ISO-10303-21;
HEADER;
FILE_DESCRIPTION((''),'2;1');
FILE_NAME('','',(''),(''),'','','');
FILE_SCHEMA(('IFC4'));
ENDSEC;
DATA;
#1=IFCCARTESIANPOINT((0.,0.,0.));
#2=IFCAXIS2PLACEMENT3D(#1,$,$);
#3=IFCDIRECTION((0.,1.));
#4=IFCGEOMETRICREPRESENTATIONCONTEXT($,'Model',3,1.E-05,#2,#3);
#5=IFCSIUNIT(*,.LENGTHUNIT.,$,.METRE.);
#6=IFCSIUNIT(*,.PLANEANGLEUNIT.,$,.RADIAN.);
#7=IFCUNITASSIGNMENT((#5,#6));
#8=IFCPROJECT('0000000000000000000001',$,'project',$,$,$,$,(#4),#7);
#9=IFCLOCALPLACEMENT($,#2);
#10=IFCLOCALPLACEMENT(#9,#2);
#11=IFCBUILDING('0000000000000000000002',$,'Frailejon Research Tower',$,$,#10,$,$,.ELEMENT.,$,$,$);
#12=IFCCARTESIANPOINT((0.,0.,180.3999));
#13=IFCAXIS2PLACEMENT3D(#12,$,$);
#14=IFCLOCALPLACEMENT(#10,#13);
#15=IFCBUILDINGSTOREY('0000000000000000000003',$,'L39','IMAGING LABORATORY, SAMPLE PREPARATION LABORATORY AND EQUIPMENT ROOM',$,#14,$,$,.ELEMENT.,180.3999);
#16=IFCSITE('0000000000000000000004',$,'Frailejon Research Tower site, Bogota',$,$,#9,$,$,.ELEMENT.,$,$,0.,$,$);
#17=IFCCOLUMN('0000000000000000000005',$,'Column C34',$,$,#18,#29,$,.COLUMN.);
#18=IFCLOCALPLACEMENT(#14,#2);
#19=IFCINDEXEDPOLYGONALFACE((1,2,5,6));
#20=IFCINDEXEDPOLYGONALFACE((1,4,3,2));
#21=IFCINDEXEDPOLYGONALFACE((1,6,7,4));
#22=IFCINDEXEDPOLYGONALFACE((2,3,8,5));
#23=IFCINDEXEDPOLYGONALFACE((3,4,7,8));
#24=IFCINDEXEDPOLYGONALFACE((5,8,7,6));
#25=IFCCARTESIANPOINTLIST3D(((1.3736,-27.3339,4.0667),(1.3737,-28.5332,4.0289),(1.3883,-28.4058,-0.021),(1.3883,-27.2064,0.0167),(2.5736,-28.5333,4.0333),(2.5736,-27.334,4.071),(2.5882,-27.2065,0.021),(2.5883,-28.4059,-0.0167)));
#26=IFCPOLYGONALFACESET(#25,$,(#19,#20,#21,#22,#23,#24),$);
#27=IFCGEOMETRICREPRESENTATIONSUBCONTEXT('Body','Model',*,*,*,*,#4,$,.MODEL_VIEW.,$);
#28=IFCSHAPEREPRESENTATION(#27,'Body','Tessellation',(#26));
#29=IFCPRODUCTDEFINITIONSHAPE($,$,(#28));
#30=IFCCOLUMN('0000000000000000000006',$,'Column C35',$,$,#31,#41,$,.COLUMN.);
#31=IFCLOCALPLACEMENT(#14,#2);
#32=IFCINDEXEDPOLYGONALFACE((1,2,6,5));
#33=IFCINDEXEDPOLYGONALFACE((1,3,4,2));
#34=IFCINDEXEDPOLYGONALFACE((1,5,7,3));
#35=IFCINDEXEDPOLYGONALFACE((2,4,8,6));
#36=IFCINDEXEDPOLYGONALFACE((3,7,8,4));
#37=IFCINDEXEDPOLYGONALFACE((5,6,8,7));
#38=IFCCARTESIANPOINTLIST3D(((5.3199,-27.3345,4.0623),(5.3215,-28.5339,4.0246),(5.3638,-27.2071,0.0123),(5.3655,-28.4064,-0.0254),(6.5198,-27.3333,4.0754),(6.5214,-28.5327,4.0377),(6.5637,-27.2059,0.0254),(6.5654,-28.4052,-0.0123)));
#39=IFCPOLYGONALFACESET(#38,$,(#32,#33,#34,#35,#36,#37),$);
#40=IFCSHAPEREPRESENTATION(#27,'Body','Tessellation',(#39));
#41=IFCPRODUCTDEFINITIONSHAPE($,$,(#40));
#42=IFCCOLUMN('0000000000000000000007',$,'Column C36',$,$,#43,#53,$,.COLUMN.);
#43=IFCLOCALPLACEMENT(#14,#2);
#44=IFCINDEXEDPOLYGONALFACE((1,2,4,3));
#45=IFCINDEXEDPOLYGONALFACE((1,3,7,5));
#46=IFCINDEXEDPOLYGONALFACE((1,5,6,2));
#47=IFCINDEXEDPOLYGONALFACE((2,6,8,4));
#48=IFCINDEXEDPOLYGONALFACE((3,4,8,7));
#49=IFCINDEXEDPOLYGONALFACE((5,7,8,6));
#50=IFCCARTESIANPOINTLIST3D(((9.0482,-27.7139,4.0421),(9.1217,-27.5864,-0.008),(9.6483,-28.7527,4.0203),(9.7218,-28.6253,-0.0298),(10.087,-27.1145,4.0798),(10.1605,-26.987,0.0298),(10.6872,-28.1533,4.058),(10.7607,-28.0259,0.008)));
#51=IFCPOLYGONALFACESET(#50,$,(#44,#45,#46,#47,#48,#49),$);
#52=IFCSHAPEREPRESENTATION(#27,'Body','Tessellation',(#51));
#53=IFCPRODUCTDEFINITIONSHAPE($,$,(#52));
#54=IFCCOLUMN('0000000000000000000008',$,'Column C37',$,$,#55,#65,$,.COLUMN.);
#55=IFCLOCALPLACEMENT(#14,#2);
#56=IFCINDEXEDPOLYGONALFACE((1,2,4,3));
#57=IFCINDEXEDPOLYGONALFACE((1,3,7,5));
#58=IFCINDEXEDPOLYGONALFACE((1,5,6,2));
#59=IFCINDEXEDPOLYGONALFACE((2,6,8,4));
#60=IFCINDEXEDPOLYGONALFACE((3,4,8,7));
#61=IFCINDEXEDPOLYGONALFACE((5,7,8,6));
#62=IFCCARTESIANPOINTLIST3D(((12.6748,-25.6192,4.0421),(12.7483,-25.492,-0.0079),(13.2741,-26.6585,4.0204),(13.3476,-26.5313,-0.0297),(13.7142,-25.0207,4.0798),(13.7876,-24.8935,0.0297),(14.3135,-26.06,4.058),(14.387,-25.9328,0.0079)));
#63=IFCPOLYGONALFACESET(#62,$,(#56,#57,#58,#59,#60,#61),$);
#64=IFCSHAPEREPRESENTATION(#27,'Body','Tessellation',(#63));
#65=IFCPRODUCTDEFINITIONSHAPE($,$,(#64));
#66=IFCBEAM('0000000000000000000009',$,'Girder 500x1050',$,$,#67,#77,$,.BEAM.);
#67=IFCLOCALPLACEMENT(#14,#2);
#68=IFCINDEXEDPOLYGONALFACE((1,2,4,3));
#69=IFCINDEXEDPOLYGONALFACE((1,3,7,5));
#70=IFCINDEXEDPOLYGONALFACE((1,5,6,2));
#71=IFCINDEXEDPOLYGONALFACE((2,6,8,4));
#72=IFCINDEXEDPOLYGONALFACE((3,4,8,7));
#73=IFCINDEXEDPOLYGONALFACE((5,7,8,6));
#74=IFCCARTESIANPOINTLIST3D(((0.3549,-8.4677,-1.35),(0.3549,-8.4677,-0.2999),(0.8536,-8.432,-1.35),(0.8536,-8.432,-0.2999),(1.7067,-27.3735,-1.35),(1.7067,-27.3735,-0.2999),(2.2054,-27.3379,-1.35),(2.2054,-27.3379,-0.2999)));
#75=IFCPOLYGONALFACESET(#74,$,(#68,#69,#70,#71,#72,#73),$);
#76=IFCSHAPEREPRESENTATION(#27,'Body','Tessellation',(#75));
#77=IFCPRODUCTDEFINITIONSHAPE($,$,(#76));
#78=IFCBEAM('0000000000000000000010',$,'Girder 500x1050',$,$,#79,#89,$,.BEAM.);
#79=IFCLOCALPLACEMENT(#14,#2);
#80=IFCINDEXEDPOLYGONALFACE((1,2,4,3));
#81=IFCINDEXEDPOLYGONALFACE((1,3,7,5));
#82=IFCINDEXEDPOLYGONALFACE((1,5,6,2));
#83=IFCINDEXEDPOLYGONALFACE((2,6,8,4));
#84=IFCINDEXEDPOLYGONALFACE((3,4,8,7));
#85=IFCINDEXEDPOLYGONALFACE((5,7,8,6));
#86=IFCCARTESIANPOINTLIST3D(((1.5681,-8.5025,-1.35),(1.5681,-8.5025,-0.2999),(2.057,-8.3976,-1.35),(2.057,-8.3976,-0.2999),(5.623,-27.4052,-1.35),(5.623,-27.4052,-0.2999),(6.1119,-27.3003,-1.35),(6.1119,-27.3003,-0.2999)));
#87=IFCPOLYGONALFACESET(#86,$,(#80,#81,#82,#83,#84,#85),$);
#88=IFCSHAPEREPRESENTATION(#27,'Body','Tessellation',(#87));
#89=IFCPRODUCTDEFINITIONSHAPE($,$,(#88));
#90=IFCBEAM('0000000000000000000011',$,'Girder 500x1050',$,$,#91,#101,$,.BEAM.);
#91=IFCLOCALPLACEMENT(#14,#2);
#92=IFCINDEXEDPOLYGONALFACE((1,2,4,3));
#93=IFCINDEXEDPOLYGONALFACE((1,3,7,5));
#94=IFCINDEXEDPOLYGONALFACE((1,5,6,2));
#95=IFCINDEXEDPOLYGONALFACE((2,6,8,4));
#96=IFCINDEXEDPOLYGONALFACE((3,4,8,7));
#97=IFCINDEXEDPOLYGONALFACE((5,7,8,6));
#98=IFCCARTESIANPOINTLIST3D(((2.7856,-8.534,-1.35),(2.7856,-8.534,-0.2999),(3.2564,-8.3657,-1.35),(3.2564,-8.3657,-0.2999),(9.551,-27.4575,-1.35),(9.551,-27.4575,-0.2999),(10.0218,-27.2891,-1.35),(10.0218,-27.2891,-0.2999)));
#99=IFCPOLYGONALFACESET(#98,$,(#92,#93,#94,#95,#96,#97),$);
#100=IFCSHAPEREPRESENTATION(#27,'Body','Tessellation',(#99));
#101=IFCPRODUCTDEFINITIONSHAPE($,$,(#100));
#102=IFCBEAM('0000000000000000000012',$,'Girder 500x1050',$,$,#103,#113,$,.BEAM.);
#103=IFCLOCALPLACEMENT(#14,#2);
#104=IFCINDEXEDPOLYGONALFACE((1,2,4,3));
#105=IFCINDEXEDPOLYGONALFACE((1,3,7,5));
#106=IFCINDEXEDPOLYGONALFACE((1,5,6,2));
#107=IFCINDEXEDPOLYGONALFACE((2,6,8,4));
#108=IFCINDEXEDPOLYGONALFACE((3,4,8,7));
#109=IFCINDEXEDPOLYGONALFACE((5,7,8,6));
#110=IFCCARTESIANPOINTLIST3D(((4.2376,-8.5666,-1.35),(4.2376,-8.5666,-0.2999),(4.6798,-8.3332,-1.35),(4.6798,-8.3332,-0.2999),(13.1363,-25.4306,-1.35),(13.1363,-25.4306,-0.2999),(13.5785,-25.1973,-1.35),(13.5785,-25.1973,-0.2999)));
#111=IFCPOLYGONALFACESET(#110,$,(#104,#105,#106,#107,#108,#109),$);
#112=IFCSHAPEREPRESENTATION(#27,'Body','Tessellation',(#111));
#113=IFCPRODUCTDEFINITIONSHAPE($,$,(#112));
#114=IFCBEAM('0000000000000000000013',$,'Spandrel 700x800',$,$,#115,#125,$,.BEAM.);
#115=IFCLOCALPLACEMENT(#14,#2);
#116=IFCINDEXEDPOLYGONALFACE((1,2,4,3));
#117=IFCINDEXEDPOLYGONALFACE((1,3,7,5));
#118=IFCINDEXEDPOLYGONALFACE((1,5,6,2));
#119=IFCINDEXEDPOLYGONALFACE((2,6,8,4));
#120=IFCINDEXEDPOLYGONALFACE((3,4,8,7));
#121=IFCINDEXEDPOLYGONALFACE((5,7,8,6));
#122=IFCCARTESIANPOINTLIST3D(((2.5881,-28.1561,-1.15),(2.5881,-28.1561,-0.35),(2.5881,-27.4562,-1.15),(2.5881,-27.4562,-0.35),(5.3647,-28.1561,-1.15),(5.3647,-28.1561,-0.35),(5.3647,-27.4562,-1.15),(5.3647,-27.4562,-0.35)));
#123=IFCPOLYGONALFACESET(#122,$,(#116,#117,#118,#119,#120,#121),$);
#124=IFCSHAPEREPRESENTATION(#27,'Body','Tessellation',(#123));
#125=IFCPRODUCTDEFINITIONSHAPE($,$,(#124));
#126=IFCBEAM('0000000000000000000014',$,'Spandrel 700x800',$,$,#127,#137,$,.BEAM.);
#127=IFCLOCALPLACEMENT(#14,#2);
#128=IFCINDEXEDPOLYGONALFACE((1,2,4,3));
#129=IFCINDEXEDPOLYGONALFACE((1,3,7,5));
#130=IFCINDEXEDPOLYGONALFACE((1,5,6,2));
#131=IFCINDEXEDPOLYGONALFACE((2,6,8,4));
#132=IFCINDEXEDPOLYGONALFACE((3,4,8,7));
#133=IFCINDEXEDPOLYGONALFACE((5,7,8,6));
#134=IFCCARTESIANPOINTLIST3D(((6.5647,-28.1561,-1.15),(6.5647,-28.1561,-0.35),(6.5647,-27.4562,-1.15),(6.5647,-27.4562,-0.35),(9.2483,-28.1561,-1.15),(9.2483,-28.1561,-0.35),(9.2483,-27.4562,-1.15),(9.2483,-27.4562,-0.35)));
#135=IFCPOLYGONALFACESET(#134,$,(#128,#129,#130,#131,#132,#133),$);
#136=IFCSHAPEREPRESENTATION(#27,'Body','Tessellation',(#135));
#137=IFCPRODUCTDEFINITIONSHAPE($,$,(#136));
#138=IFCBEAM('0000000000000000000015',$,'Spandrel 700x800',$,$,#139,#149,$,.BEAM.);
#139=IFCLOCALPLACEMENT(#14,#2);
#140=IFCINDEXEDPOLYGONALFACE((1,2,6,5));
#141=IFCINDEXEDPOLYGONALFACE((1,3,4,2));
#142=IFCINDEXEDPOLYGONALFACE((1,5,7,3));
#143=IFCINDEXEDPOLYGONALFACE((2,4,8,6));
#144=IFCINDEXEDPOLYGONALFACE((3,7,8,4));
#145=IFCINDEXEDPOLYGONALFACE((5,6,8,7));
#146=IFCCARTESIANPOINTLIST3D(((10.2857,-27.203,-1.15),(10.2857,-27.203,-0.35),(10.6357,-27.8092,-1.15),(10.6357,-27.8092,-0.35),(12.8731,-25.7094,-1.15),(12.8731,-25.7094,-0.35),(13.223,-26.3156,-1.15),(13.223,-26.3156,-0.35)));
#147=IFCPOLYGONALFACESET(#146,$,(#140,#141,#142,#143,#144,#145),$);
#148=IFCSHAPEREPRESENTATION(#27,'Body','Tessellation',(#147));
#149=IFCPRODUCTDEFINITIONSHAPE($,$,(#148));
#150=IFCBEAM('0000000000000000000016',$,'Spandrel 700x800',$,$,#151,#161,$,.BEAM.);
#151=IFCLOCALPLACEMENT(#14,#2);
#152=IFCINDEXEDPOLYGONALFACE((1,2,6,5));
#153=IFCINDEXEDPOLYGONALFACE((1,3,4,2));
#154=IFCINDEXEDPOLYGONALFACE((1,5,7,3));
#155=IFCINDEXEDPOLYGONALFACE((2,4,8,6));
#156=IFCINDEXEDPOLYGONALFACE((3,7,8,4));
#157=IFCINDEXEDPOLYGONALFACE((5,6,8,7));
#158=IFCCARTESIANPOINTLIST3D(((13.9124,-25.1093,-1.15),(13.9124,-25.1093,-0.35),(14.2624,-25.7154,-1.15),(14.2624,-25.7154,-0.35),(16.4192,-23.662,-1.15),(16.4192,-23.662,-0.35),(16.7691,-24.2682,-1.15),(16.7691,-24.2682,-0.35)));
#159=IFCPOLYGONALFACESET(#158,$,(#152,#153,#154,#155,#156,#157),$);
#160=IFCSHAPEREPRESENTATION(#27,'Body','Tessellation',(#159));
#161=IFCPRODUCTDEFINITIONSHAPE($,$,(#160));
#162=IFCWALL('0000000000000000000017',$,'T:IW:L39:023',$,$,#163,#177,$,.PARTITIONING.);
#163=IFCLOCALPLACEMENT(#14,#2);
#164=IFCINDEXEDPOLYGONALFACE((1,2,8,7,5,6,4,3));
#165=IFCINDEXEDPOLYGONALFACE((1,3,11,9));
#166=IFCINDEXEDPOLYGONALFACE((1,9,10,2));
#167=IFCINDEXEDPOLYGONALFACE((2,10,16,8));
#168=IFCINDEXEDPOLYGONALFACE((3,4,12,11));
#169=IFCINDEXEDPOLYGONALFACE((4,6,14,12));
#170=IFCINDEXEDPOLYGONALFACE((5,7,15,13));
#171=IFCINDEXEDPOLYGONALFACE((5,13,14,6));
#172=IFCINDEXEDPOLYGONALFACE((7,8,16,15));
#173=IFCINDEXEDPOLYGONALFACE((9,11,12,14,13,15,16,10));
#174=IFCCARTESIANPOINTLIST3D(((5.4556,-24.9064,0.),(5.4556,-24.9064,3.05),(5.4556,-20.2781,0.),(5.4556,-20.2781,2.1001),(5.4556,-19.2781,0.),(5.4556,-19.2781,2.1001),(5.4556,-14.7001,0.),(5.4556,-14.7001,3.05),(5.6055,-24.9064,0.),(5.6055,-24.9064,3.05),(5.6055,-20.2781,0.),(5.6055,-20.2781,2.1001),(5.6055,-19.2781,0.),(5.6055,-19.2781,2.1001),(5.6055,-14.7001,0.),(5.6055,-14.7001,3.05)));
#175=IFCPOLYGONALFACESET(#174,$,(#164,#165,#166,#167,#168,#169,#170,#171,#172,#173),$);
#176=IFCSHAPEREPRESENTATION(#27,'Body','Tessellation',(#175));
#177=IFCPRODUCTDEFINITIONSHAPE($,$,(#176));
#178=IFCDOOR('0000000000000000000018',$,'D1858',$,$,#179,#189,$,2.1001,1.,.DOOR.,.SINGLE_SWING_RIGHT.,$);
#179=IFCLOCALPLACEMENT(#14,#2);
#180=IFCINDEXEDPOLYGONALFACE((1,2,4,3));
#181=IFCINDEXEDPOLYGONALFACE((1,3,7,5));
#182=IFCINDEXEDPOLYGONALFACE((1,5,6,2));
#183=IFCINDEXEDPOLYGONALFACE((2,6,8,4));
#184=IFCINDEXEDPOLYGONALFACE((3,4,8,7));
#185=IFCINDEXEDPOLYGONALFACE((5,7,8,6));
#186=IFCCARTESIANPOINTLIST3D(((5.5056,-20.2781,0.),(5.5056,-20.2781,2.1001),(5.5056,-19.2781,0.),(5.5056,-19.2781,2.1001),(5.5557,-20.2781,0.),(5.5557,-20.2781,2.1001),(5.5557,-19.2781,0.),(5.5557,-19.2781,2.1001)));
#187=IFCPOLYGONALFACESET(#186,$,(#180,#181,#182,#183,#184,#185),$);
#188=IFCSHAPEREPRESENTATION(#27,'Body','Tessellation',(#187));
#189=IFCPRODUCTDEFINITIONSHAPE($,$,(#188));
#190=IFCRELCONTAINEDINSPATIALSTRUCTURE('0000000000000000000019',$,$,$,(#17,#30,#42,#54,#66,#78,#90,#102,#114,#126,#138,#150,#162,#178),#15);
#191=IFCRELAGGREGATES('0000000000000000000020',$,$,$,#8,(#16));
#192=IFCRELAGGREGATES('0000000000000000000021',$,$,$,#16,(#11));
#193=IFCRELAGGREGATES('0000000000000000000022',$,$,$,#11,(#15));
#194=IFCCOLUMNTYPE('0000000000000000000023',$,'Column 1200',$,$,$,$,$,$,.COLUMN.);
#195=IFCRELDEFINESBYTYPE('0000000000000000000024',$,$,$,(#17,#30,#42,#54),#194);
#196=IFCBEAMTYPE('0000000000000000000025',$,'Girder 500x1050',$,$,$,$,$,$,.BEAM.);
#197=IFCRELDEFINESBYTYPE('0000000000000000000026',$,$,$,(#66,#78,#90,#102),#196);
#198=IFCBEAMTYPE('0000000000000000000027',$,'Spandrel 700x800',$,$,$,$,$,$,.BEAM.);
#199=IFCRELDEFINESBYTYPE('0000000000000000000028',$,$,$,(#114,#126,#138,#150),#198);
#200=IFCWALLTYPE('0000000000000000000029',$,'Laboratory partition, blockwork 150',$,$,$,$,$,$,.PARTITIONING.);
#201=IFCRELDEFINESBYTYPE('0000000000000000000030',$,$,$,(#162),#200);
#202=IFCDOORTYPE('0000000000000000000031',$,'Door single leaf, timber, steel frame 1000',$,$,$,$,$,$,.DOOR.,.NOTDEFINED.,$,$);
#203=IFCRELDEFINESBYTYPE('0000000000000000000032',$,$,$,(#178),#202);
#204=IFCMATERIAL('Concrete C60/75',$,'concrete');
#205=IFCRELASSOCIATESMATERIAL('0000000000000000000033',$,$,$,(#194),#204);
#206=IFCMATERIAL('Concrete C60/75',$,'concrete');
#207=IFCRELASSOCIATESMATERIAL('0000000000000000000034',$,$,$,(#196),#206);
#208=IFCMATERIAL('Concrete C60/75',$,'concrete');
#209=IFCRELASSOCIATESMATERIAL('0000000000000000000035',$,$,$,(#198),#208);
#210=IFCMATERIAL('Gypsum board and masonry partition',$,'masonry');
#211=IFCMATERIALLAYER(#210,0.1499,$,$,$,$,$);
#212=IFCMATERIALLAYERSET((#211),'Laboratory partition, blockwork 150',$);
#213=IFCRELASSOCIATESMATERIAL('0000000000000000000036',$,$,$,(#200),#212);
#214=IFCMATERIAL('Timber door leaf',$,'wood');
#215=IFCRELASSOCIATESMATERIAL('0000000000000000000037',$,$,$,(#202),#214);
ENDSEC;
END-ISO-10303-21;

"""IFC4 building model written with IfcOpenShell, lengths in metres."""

from ifc_helpers import new_model, si_unit, direction, frame, frame_2d, origin, origin_2d, place, context, subcontext, project, spatial, rectangle, extrude, material, layer, layer_set, material_profile, profile_set, type_object, element, fill, save


model = new_model("IFC4")

# Units and contexts
model_context = context("Model", 3, precision=1e-05, world=origin(), true_north=direction((0.0, 1.0)))
body_context = subcontext(model_context, "Body", "Model", "MODEL_VIEW")
ifc_project = project(units=[si_unit("LENGTHUNIT", "METRE"), si_unit("PLANEANGLEUNIT", "RADIAN")], contexts=[model_context])

# Site, building, storey
site_placement = place(None, origin())
site = spatial("IfcSite", under=ifc_project, at=site_placement, Name="Frailejon Research Tower site, Bogota", CompositionType="ELEMENT", RefElevation=0.0)
building_placement = place(site_placement, origin())
building = spatial("IfcBuilding", under=site, at=building_placement, Name="Frailejon Research Tower", CompositionType="ELEMENT")
storey_placement = place(building_placement, frame((0.0, 0.0, 180.3999)))
storey = spatial("IfcBuildingStorey", under=building, at=storey_placement, Name="L39", Description="IMAGING LABORATORY, SAMPLE PREPARATION LABORATORY AND EQUIPMENT ROOM", CompositionType="ELEMENT", Elevation=180.3999)

# Columns
ifc_material_1 = material(Name="Concrete C60/75", Category="concrete")
ifc_material_profile_1 = material_profile(ifc_material_1, rectangle(XDim=1.2, YDim=1.2, at=origin_2d()), Name="Column 1200")
ifc_profile_set_1 = profile_set([ifc_material_profile_1], Name="Concrete C60/75")
column_type = type_object("IfcColumnType", Name="Column 1200", PredefinedType="COLUMN", material=ifc_profile_set_1)
column_1_placement = place(storey_placement, frame((1.9883, -27.8062, 0.0), z_axis=(-0.003615, -0.031451, 0.999499), x_axis=(0.999993, -0.000089, 0.003614)))
element("IfcColumn", 1, at=column_1_placement, inside=storey, type_object=column_type, Name="Column C34", PredefinedType="COLUMN", context=body_context, shape_type="SweptSolid", body=[
    extrude(rectangle(XDim=1.2, YDim=1.2, at=origin_2d()), origin(), (0.0, 0.0, 1.0), 4.052),
])
column_2_placement = place(storey_placement, frame((5.9646, -27.8062, 0.0), z_axis=(-0.010845, -0.031449, 0.999447), x_axis=(0.99994, 0.001017, 0.010882)))
element("IfcColumn", 2, at=column_2_placement, inside=storey, type_object=column_type, Name="Column C35", PredefinedType="COLUMN", context=body_context, shape_type="SweptSolid", body=[
    extrude(rectangle(XDim=1.2, YDim=1.2, at=origin_2d()), origin(), (0.0, 0.0, 1.0), 4.0522),
])
for number, where, z_axis, x_axis, name in (
    (3, (9.9412, -27.8062, 0.0), (-0.018133, -0.031446, 0.999341), (0.865741, 0.499505, 0.031426), "Column C36"),
    (4, (13.5676, -25.7124, 0.0), (-0.018133, -0.031386, 0.999343), (0.866156, 0.498787, 0.031381), "Column C37"),
):
    element("IfcColumn", number, at=place(storey_placement, frame(where, z_axis=z_axis, x_axis=x_axis)), inside=storey, type_object=column_type, Name=name, PredefinedType="COLUMN", context=body_context, shape_type="SweptSolid", body=[
        extrude(rectangle(XDim=1.2, YDim=1.2, at=origin_2d()), origin(), (0.0, 0.0, 1.0), 4.0527),
    ])

# Beams
ifc_material_2 = material(Name="Concrete C60/75", Category="concrete")
ifc_material_profile_2 = material_profile(ifc_material_2, rectangle(XDim=0.5, YDim=1.05, at=origin_2d()), Name="Girder 500x1050")
ifc_profile_set_2 = profile_set([ifc_material_profile_2], Name="Concrete C60/75")
beam_type_1 = type_object("IfcBeamType", Name="Girder 500x1050", PredefinedType="BEAM", material=ifc_profile_set_2)
beam_1_placement = place(storey_placement, frame((1.9561, -27.3557, -0.825), z_axis=(-0.07132, 0.997453, 0.0), x_axis=(-0.997453, -0.07132, 0.0)))
element("IfcBeam", 5, at=beam_1_placement, inside=storey, type_object=beam_type_1, Name="Girder 500x1050", PredefinedType="BEAM", context=body_context, shape_type="SweptSolid", body=[
    extrude(rectangle(XDim=0.5, YDim=1.05, at=origin_2d()), origin(), (0.0, 0.0, 1.0), 18.9541),
])
beam_2_placement = place(storey_placement, frame((5.8674, -27.3528, -0.825), z_axis=(-0.209743, 0.977757, 0.0), x_axis=(-0.977757, -0.209743, 0.0)))
element("IfcBeam", 6, at=beam_2_placement, inside=storey, type_object=beam_type_1, Name="Girder 500x1050", PredefinedType="BEAM", context=body_context, shape_type="SweptSolid", body=[
    extrude(rectangle(XDim=0.5, YDim=1.05, at=origin_2d()), origin(), (0.0, 0.0, 1.0), 19.3328),
])
beam_3_placement = place(storey_placement, frame((9.7864, -27.3733, -0.825), z_axis=(-0.336647, 0.941631, 0.0), x_axis=(-0.941631, -0.336647, 0.0)))
element("IfcBeam", 7, at=beam_3_placement, inside=storey, type_object=beam_type_1, Name="Girder 500x1050", PredefinedType="BEAM", context=body_context, shape_type="SweptSolid", body=[
    extrude(rectangle(XDim=0.5, YDim=1.05, at=origin_2d()), origin(), (0.0, 0.0, 1.0), 20.0964),
])
beam_4_placement = place(storey_placement, frame((13.3574, -25.314, -0.825), z_axis=(-0.466686, 0.884423, 0.0), x_axis=(-0.884423, -0.466686, 0.0)))
element("IfcBeam", 8, at=beam_4_placement, inside=storey, type_object=beam_type_1, Name="Girder 500x1050", PredefinedType="BEAM", context=body_context, shape_type="SweptSolid", body=[
    extrude(rectangle(XDim=0.5, YDim=1.05, at=origin_2d()), origin(), (0.0, 0.0, 1.0), 19.0679),
])
ifc_material_3 = material(Name="Concrete C60/75", Category="concrete")
ifc_material_profile_3 = material_profile(ifc_material_3, rectangle(XDim=0.7, YDim=0.8, at=origin_2d()), Name="Spandrel 700x800")
ifc_profile_set_3 = profile_set([ifc_material_profile_3], Name="Concrete C60/75")
beam_type_2 = type_object("IfcBeamType", Name="Spandrel 700x800", PredefinedType="BEAM", material=ifc_profile_set_3)
beam_5_placement = place(storey_placement, frame((2.5881, -27.8062, -0.75), z_axis=(1.0, 0.0, 0.0), x_axis=(0.0, 1.0, 0.0)))
element("IfcBeam", 9, at=beam_5_placement, inside=storey, type_object=beam_type_2, Name="Spandrel 700x800", PredefinedType="BEAM", context=body_context, shape_type="SweptSolid", body=[
    extrude(rectangle(XDim=0.7, YDim=0.8, at=origin_2d()), origin(), (0.0, 0.0, 1.0), 2.7766),
])
beam_6_placement = place(storey_placement, frame((6.5647, -27.8062, -0.75), z_axis=(1.0, 0.0, 0.0), x_axis=(0.0, 1.0, 0.0)))
element("IfcBeam", 10, at=beam_6_placement, inside=storey, type_object=beam_type_2, Name="Spandrel 700x800", PredefinedType="BEAM", context=body_context, shape_type="SweptSolid", body=[
    extrude(rectangle(XDim=0.7, YDim=0.8, at=origin_2d()), origin(), (0.0, 0.0, 1.0), 2.6836),
])
beam_7_placement = place(storey_placement, frame((10.4607, -27.5061, -0.75), z_axis=(0.866052, 0.499954, 0.0), x_axis=(-0.499954, 0.866052, 0.0)))
element("IfcBeam", 11, at=beam_7_placement, inside=storey, type_object=beam_type_2, Name="Spandrel 700x800", PredefinedType="BEAM", context=body_context, shape_type="SweptSolid", body=[
    extrude(rectangle(XDim=0.7, YDim=0.8, at=origin_2d()), origin(), (0.0, 0.0, 1.0), 2.9875),
])
beam_8_placement = place(storey_placement, frame((14.0874, -25.4124, -0.75), z_axis=(0.866034, 0.499985, 0.0), x_axis=(-0.499985, 0.866034, 0.0)))
element("IfcBeam", 12, at=beam_8_placement, inside=storey, type_object=beam_type_2, Name="Spandrel 700x800", PredefinedType="BEAM", context=body_context, shape_type="SweptSolid", body=[
    extrude(rectangle(XDim=0.7, YDim=0.8, at=origin_2d()), origin(), (0.0, 0.0, 1.0), 2.8945),
])

# Wall, opening, door
ifc_material_4 = material(Name="Gypsum board and masonry partition", Category="masonry")
ifc_layer_1 = layer(ifc_material_4, 0.1499)
ifc_layer_set_1 = layer_set([ifc_layer_1], Name="Laboratory partition, blockwork 150")
wall_type_1 = type_object("IfcWallType", Name="Laboratory partition, blockwork 150", PredefinedType="PARTITIONING", material=ifc_layer_set_1)
wall_1_placement = place(storey_placement, frame((5.5305, -24.9062, 0.0), z_axis=(0.0, 0.0, 1.0), x_axis=(0.0, 1.0, 0.0)))
wall_1 = element("IfcWall", 13, at=wall_1_placement, inside=storey, type_object=wall_type_1, Name="T:IW:L39:023", PredefinedType="PARTITIONING", context=body_context, shape_type="SweptSolid", body=[
    extrude(rectangle(XDim=10.2063, YDim=0.1499, at=frame_2d((5.103, 0.0))), origin(), (0.0, 0.0, 1.0), 3.05),
])
opening_1_placement = place(wall_1_placement, frame((4.6282, 0.0, 0.0)))
opening_1 = element("IfcOpeningElement", 14, at=opening_1_placement, cuts=wall_1, PredefinedType="OPENING", context=body_context, shape_type="SweptSolid", body=[
    extrude(rectangle(XDim=1.0, YDim=2.1001, at=frame_2d((0.5, 1.05))), frame((0.0, 0.085, 0.0), z_axis=(0.0, -1.0, 0.0), x_axis=(1.0, 0.0, 0.0)), (0.0, 0.0, 1.0), 0.1699),
])
ifc_material_5 = material(Name="Timber door leaf", Category="wood")
door_type = type_object("IfcDoorType", Name="Door single leaf, timber, steel frame 1000", OperationType="NOTDEFINED", PredefinedType="DOOR", material=ifc_material_5)
door_placement = place(opening_1_placement, origin())
door = element("IfcDoor", 15, at=door_placement, inside=storey, type_object=door_type, Name="D1858", OperationType="SINGLE_SWING_RIGHT", OverallHeight=2.1001, OverallWidth=1.0, PredefinedType="DOOR", context=body_context, shape_type="SweptSolid", body=[
    extrude(rectangle(XDim=1.0, YDim=2.1001, at=frame_2d((0.5, 1.05))), frame((0.0, 0.0249, 0.0), z_axis=(0.0, -1.0, 0.0), x_axis=(1.0, 0.0, 0.0)), (0.0, 0.0, 1.0), 0.05),
])
fill(opening_1, door)

save(model, "model.ifc")
